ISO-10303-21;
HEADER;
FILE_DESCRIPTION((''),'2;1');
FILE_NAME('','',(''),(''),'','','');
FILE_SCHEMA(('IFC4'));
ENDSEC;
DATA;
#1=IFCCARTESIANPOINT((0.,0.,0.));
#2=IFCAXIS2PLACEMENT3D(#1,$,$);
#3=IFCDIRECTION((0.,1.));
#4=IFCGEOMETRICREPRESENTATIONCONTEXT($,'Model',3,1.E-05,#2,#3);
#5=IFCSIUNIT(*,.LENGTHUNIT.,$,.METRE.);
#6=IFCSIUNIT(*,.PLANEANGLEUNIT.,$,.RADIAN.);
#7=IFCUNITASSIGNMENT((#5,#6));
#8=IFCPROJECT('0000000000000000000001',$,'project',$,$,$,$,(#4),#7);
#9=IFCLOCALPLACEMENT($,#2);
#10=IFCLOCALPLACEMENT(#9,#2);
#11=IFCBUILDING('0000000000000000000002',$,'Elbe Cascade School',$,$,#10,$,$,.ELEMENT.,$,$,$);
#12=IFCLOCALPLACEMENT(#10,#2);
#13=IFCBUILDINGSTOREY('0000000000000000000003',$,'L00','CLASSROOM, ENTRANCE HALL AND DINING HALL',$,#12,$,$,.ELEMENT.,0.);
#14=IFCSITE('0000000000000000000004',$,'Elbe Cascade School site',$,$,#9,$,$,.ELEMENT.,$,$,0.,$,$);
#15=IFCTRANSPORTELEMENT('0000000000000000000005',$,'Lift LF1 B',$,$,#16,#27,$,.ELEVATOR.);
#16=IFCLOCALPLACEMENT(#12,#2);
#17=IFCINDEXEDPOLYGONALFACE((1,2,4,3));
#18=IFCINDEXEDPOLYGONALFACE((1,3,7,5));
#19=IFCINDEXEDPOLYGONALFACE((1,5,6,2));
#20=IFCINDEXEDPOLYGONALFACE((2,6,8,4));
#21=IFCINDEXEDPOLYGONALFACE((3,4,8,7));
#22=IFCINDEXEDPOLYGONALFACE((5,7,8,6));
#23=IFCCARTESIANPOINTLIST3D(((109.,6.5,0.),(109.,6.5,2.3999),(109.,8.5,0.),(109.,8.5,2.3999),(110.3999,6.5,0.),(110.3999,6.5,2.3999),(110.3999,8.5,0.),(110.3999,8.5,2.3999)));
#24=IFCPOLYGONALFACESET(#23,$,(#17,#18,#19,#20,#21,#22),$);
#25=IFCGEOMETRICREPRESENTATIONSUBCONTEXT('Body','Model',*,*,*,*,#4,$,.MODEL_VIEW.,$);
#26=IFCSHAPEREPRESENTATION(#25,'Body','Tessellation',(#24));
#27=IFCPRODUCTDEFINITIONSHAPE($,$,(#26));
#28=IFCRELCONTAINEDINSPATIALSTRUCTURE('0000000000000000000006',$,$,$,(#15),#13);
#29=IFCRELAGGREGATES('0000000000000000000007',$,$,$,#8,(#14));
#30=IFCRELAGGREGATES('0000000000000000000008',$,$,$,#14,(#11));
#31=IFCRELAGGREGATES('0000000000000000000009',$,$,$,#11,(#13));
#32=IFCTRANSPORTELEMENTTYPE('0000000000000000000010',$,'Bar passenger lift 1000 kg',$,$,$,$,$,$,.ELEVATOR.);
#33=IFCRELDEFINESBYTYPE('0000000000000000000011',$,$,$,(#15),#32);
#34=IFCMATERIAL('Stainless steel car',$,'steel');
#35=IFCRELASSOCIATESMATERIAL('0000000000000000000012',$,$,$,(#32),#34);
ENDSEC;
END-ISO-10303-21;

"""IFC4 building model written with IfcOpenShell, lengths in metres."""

from ifc_helpers import new_model, si_unit, direction, frame, origin, origin_2d, place, context, subcontext, project, spatial, rectangle, extrude, material, type_object, element, save


model = new_model("IFC4")

# Units and contexts
model_context = context("Model", 3, precision=1e-05, world=origin(), true_north=direction((0.0, 1.0)))
body_context = subcontext(model_context, "Body", "Model", "MODEL_VIEW")
ifc_project = project(units=[si_unit("LENGTHUNIT", "METRE"), si_unit("PLANEANGLEUNIT", "RADIAN")], contexts=[model_context])

# Site, building, storey
site_placement = place(None, origin())
site = spatial("IfcSite", under=ifc_project, at=site_placement, Name="Elbe Cascade School site", CompositionType="ELEMENT", RefElevation=0.0)
building_placement = place(site_placement, origin())
building = spatial("IfcBuilding", under=site, at=building_placement, Name="Elbe Cascade School", CompositionType="ELEMENT")
storey_placement = place(building_placement, origin())
storey = spatial("IfcBuildingStorey", under=building, at=storey_placement, Name="L00", Description="CLASSROOM, ENTRANCE HALL AND DINING HALL", CompositionType="ELEMENT", Elevation=0.0)

# Transport element
ifc_material_1 = material(Name="Stainless steel car", Category="steel")
transport_element_type = type_object("IfcTransportElementType", Name="Bar passenger lift 1000 kg", PredefinedType="ELEVATOR", material=ifc_material_1)
transport_element_placement = place(storey_placement, frame((109.7, 7.5, 0.0), z_axis=(0.0, 0.0, 1.0), x_axis=(1.0, 0.0, 0.0)))
element("IfcTransportElement", 1, at=transport_element_placement, inside=storey, type_object=transport_element_type, Name="Lift LF1 B", PredefinedType="ELEVATOR", context=body_context, shape_type="SweptSolid", body=[
    extrude(rectangle(XDim=1.3999, YDim=2.0, at=origin_2d()), origin(), (0.0, 0.0, 1.0), 2.3999),
])

save(model, "model.ifc")
